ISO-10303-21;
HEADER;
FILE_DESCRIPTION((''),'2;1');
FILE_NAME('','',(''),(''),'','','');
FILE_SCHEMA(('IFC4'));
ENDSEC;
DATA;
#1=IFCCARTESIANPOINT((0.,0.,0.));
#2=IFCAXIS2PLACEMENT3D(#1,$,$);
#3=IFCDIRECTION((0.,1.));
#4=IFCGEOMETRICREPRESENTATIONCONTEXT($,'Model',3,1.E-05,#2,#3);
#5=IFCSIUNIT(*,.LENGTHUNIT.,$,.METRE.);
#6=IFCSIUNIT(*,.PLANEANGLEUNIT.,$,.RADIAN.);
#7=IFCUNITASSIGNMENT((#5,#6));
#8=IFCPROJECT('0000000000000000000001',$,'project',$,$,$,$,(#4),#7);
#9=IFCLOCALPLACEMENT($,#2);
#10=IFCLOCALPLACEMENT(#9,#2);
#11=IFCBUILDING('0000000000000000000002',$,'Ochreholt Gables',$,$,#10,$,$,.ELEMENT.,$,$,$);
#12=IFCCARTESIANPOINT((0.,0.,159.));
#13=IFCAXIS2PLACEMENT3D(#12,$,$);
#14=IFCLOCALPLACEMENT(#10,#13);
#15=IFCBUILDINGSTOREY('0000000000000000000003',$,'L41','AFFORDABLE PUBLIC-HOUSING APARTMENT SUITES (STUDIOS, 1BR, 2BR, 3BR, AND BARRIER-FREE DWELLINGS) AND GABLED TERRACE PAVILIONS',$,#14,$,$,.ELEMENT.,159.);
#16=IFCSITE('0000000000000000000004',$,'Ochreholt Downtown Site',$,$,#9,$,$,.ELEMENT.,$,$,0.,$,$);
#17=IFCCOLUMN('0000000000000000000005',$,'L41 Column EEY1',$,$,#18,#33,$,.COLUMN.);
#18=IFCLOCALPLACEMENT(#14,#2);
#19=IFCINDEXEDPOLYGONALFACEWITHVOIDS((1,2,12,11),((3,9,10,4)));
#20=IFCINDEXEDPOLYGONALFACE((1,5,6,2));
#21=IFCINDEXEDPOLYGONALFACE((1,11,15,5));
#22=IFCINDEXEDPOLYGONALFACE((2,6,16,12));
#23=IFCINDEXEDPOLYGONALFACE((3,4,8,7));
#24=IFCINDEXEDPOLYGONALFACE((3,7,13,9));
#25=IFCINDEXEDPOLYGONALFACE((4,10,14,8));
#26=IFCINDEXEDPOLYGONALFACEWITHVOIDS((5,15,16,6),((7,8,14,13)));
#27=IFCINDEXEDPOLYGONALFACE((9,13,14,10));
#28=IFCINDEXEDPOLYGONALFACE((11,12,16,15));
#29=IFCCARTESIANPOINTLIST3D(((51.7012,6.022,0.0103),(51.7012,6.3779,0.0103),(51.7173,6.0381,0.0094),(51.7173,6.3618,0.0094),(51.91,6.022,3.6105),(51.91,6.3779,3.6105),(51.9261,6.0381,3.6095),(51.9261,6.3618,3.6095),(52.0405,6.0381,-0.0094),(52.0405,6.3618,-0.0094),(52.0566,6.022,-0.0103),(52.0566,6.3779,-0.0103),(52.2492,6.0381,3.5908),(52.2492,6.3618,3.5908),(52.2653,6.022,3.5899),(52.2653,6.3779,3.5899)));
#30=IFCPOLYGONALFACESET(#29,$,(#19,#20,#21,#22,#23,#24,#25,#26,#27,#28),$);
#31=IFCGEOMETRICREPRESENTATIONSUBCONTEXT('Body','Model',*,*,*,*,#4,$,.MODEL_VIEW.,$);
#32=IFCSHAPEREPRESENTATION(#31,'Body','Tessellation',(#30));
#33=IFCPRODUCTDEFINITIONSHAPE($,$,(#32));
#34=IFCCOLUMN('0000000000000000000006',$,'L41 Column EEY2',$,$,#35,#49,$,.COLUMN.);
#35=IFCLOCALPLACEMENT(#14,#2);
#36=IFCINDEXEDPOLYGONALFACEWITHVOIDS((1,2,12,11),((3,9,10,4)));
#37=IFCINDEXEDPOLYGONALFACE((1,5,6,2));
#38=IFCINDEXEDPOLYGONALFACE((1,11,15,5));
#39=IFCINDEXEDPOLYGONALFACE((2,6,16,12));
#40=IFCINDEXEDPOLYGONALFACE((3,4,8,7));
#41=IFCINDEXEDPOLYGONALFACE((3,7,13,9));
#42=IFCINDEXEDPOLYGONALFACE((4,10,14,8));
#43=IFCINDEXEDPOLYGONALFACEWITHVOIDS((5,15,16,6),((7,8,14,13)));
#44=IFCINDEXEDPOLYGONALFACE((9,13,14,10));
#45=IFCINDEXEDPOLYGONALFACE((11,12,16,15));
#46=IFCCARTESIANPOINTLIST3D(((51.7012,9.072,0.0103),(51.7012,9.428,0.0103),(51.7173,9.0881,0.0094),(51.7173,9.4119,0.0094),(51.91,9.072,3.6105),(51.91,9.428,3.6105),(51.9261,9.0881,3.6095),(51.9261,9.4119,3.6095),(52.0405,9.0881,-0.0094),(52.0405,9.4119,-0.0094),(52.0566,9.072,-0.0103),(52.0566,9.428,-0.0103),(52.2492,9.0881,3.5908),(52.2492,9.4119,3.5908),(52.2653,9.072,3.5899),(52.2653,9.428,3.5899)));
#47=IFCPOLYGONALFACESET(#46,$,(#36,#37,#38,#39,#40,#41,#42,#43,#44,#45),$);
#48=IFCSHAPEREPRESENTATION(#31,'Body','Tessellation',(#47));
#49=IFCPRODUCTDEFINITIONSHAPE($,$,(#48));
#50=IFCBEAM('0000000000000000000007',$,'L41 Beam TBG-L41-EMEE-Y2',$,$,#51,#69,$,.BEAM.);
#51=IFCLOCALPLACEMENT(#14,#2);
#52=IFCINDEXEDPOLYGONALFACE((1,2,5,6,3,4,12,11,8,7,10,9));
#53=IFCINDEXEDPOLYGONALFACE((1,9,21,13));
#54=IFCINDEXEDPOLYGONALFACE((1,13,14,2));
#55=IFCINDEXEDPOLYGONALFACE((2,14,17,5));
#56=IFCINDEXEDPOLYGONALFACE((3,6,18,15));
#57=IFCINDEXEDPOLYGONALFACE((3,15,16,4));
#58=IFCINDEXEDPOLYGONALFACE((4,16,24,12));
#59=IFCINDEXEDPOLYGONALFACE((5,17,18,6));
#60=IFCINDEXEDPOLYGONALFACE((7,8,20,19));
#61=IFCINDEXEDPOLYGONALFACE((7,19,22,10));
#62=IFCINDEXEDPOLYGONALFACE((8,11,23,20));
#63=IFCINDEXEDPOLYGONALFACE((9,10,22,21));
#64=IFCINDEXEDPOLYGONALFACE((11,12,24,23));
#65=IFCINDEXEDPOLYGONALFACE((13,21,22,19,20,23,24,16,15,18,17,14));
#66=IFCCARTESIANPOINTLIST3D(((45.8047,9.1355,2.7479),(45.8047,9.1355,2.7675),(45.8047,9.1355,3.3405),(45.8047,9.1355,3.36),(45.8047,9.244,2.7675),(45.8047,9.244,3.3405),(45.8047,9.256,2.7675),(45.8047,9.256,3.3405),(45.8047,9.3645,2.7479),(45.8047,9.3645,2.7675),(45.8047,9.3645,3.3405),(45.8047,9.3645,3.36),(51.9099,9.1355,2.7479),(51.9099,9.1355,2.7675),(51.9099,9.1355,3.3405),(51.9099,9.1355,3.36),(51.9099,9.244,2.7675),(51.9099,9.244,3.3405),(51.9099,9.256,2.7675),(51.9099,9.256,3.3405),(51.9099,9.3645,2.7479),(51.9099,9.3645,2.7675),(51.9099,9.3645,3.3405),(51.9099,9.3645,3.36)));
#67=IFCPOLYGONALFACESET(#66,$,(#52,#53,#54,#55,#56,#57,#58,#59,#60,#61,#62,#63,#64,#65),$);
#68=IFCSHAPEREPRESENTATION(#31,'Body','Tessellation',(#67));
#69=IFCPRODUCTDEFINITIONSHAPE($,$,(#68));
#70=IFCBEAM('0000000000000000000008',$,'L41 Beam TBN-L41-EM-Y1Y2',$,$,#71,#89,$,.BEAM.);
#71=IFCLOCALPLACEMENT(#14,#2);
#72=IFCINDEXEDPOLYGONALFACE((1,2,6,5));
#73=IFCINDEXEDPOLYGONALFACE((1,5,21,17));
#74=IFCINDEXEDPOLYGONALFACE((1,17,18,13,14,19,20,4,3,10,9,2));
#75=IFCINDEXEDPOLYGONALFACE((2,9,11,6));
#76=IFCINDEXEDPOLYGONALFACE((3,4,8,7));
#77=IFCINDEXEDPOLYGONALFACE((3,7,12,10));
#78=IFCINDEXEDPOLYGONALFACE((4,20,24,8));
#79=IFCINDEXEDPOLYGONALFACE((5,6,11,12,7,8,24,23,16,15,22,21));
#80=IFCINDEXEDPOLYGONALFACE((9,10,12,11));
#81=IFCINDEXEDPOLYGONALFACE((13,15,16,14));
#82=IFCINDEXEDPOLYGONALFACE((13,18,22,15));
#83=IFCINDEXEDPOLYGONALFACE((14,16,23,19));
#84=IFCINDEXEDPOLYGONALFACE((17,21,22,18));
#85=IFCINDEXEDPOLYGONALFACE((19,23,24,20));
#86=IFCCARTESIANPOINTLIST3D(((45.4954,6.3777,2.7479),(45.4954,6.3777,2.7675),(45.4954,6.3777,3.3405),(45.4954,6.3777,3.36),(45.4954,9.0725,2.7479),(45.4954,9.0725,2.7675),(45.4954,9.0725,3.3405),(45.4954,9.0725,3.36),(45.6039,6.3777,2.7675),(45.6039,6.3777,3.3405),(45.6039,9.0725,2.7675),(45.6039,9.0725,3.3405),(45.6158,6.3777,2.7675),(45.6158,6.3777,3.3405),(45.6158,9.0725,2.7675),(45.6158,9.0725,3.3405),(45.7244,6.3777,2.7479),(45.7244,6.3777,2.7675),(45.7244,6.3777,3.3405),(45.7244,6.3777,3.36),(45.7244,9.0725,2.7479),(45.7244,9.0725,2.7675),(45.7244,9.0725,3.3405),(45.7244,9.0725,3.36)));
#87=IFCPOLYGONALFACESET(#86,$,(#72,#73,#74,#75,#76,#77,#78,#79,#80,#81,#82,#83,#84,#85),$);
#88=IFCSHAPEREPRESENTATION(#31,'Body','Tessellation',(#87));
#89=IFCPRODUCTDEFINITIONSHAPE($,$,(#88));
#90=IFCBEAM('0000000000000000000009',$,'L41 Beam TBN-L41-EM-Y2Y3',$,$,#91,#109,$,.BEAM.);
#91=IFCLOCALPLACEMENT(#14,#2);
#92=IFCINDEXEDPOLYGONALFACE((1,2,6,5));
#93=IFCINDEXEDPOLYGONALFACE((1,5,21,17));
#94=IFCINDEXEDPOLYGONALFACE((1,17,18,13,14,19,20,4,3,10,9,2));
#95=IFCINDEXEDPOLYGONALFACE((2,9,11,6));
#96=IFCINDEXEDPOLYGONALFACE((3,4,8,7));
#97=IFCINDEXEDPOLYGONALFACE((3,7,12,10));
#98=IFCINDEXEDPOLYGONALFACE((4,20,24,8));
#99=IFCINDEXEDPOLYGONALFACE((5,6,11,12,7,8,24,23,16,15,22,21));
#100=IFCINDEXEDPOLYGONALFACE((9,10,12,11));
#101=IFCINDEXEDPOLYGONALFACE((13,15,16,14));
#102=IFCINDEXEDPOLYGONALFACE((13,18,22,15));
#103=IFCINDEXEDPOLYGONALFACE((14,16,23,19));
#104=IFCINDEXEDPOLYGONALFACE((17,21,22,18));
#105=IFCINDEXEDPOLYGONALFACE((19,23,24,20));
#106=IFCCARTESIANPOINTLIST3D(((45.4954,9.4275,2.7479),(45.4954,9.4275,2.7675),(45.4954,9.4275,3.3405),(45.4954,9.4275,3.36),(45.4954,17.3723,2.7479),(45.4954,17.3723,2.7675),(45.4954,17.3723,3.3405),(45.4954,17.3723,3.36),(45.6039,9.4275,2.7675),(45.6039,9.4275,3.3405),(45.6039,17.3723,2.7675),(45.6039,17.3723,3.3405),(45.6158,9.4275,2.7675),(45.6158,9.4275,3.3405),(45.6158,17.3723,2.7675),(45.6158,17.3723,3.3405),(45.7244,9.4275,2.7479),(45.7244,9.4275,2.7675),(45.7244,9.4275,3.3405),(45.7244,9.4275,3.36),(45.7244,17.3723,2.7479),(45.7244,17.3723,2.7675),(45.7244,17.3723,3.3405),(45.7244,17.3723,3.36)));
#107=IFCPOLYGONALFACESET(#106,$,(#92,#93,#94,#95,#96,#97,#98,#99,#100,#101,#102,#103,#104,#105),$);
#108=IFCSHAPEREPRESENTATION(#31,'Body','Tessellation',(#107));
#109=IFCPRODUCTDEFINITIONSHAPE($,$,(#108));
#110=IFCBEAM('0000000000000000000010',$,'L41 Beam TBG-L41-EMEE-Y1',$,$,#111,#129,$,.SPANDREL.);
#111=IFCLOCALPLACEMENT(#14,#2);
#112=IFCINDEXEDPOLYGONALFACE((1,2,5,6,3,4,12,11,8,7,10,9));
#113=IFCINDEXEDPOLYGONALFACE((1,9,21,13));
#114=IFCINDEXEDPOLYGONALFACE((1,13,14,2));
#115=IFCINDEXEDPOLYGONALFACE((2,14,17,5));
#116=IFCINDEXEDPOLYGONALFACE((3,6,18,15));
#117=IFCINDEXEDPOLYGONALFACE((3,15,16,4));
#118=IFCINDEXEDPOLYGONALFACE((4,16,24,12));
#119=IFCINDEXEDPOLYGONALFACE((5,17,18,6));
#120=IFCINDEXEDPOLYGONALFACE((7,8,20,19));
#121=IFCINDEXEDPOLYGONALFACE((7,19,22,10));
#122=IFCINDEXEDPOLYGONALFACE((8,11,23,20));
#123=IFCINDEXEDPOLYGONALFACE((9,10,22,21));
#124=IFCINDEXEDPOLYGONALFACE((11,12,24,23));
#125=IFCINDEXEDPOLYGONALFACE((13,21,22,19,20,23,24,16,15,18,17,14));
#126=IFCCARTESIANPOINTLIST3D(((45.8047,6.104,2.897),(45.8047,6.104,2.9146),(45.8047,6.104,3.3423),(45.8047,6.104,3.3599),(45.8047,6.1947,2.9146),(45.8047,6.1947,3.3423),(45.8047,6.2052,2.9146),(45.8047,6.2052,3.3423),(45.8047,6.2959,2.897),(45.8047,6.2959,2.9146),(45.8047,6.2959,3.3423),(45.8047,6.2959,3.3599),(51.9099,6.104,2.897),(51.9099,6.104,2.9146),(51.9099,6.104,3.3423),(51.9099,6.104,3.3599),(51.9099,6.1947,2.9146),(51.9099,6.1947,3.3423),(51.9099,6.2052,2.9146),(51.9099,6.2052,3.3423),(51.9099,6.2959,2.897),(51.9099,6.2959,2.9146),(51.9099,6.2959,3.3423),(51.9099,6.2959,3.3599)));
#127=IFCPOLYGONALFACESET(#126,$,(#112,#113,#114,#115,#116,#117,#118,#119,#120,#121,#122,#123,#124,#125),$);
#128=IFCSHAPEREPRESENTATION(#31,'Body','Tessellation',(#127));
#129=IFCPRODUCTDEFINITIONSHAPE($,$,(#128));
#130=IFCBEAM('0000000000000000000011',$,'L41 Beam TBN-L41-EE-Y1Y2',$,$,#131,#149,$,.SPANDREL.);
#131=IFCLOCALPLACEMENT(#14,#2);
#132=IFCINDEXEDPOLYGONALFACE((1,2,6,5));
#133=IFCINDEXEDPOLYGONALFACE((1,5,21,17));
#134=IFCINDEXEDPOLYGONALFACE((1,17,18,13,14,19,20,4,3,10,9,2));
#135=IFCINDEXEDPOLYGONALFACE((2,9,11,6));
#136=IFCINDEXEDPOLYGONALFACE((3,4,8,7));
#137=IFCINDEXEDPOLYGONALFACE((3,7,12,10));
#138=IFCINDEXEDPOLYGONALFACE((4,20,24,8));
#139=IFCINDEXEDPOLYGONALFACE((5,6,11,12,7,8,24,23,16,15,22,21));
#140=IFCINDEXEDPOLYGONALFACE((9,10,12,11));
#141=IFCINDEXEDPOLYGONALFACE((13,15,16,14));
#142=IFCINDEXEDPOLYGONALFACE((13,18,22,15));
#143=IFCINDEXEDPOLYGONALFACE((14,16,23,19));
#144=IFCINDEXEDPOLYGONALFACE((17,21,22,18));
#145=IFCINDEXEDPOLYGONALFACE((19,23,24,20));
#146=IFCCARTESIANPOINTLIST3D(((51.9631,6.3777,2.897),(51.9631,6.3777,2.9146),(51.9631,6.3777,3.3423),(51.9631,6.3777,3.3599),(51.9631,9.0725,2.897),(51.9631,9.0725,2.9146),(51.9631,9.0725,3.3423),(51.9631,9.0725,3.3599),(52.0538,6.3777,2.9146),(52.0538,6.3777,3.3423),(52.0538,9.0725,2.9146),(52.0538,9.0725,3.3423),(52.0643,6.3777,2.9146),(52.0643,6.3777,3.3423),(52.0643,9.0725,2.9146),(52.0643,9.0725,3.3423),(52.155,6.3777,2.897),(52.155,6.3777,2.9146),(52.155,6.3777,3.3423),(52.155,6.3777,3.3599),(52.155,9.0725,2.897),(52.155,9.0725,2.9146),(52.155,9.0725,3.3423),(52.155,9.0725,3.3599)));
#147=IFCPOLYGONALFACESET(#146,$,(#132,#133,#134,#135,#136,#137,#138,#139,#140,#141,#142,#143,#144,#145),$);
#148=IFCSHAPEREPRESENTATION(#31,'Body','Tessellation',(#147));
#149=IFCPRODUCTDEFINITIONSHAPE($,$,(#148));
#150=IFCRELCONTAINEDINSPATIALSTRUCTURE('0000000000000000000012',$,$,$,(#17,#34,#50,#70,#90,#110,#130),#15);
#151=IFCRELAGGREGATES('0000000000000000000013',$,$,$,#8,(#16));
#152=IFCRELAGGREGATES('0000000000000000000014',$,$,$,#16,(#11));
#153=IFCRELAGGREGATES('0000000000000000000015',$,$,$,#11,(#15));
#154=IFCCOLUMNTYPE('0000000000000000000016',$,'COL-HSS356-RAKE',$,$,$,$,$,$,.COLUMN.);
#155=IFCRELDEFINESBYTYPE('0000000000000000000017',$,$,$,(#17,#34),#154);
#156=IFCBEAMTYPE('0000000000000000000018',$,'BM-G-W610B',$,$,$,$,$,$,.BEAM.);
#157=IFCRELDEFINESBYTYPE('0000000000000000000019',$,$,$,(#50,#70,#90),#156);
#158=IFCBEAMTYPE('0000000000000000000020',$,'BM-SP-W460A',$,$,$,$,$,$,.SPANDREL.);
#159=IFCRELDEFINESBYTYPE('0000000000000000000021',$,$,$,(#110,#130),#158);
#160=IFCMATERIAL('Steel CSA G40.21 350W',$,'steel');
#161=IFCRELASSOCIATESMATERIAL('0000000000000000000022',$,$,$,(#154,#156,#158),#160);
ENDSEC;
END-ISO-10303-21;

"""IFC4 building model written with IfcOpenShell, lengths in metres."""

from ifc_helpers import new_model, si_unit, direction, frame, origin, origin_2d, place, context, subcontext, project, spatial, hollow_rectangle, i_section, extrude, material, material_profile, profile_set, type_object, element, save


model = new_model("IFC4")

# Units and contexts
model_context = context("Model", 3, precision=1e-05, world=origin(), true_north=direction((0.0, 1.0)))
body_context = subcontext(model_context, "Body", "Model", "MODEL_VIEW")
ifc_project = project(units=[si_unit("LENGTHUNIT", "METRE"), si_unit("PLANEANGLEUNIT", "RADIAN")], contexts=[model_context])

# Site, building, storey
site_placement = place(None, origin())
site = spatial("IfcSite", under=ifc_project, at=site_placement, Name="Ochreholt Downtown Site", CompositionType="ELEMENT", RefElevation=0.0)
building_placement = place(site_placement, origin())
building = spatial("IfcBuilding", under=site, at=building_placement, Name="Ochreholt Gables", CompositionType="ELEMENT")
storey_placement = place(building_placement, frame((0.0, 0.0, 159.0)))
storey = spatial("IfcBuildingStorey", under=building, at=storey_placement, Name="L41", Description="AFFORDABLE PUBLIC-HOUSING APARTMENT SUITES (STUDIOS, 1BR, 2BR, 3BR, AND BARRIER-FREE DWELLINGS) AND GABLED TERRACE PAVILIONS", CompositionType="ELEMENT", Elevation=159.0)

# Columns
ifc_material_1 = material(Name="Steel CSA G40.21 350W", Category="steel")
ifc_material_profile_1 = material_profile(ifc_material_1, hollow_rectangle(XDim=0.356, YDim=0.356, WallThickness=0.0161, at=origin_2d()), Name="HSS356X356X16")
ifc_profile_set_1 = profile_set([ifc_material_profile_1], Name="Steel CSA G40.21 350W")
column_type = type_object("IfcColumnType", Name="COL-HSS356-RAKE", PredefinedType="COLUMN", material=ifc_profile_set_1)
for number, where, z_axis, x_axis, name in (
    (1, (51.8789, 6.2, 0.0), (0.057885, 0.0, 0.998323), (0.0, 1.0, 0.0), "L41 Column EEY1"),
    (2, (51.8789, 9.25, 0.0), (0.057885, 0.0, 0.998323), (0.0, 1.0, 0.0), "L41 Column EEY2"),
):
    element("IfcColumn", number, at=place(storey_placement, frame(where, z_axis=z_axis, x_axis=x_axis)), inside=storey, type_object=column_type, Name=name, PredefinedType="COLUMN", context=body_context, shape_type="SweptSolid", body=[
        extrude(hollow_rectangle(XDim=0.356, YDim=0.356, WallThickness=0.0161, at=origin_2d()), origin(), (0.0, 0.0, 1.0), 3.6062),
    ])

# Beams
ifc_material_profile_2 = material_profile(ifc_material_1, i_section(OverallWidth=0.229, OverallDepth=0.6121, WebThickness=0.012, FlangeThickness=0.0195, at=origin_2d()), Name="W610X125")
ifc_profile_set_2 = profile_set([ifc_material_profile_2], Name="Steel CSA G40.21 350W")
beam_type_1 = type_object("IfcBeamType", Name="BM-G-W610B", PredefinedType="BEAM", material=ifc_profile_set_2)
beam_1_placement = place(storey_placement, frame((45.8047, 9.25, 3.054), z_axis=(1.0, 0.0, 0.0), x_axis=(0.0, 1.0, 0.0)))
element("IfcBeam", 3, at=beam_1_placement, inside=storey, type_object=beam_type_1, Name="L41 Beam TBG-L41-EMEE-Y2", PredefinedType="BEAM", context=body_context, shape_type="SweptSolid", body=[
    extrude(i_section(OverallWidth=0.229, OverallDepth=0.6121, WebThickness=0.012, FlangeThickness=0.0195, at=origin_2d()), origin(), (0.0, 0.0, 1.0), 6.1052),
])
beam_2_placement = place(storey_placement, frame((45.6099, 6.3777, 3.054), z_axis=(0.0, 1.0, 0.0), x_axis=(-1.0, 0.0, 0.0)))
element("IfcBeam", 4, at=beam_2_placement, inside=storey, type_object=beam_type_1, Name="L41 Beam TBN-L41-EM-Y1Y2", PredefinedType="BEAM", context=body_context, shape_type="SweptSolid", body=[
    extrude(i_section(OverallWidth=0.229, OverallDepth=0.6121, WebThickness=0.012, FlangeThickness=0.0195, at=origin_2d()), origin(), (0.0, 0.0, 1.0), 2.6948),
])
beam_3_placement = place(storey_placement, frame((45.6099, 9.4275, 3.054), z_axis=(0.0, 1.0, 0.0), x_axis=(-1.0, 0.0, 0.0)))
element("IfcBeam", 5, at=beam_3_placement, inside=storey, type_object=beam_type_1, Name="L41 Beam TBN-L41-EM-Y2Y3", PredefinedType="BEAM", context=body_context, shape_type="SweptSolid", body=[
    extrude(i_section(OverallWidth=0.229, OverallDepth=0.6121, WebThickness=0.012, FlangeThickness=0.0195, at=origin_2d()), origin(), (0.0, 0.0, 1.0), 7.9448),
])
ifc_material_profile_3 = material_profile(ifc_material_1, i_section(OverallWidth=0.1919, OverallDepth=0.4629, WebThickness=0.0105, FlangeThickness=0.0176, at=origin_2d()), Name="W460X89")
ifc_profile_set_3 = profile_set([ifc_material_profile_3], Name="Steel CSA G40.21 350W")
beam_type_2 = type_object("IfcBeamType", Name="BM-SP-W460A", PredefinedType="SPANDREL", material=ifc_profile_set_3)
beam_4_placement = place(storey_placement, frame((45.8047, 6.2, 3.1284), z_axis=(1.0, 0.0, 0.0), x_axis=(0.0, 1.0, 0.0)))
element("IfcBeam", 6, at=beam_4_placement, inside=storey, type_object=beam_type_2, Name="L41 Beam TBG-L41-EMEE-Y1", PredefinedType="SPANDREL", context=body_context, shape_type="SweptSolid", body=[
    extrude(i_section(OverallWidth=0.1919, OverallDepth=0.4629, WebThickness=0.0105, FlangeThickness=0.0176, at=origin_2d()), origin(), (0.0, 0.0, 1.0), 6.1052),
])
beam_5_placement = place(storey_placement, frame((52.0591, 6.3777, 3.1284), z_axis=(0.0, 1.0, 0.0), x_axis=(-1.0, 0.0, 0.0)))
element("IfcBeam", 7, at=beam_5_placement, inside=storey, type_object=beam_type_2, Name="L41 Beam TBN-L41-EE-Y1Y2", PredefinedType="SPANDREL", context=body_context, shape_type="SweptSolid", body=[
    extrude(i_section(OverallWidth=0.1919, OverallDepth=0.4629, WebThickness=0.0105, FlangeThickness=0.0176, at=origin_2d()), origin(), (0.0, 0.0, 1.0), 2.6948),
])

save(model, "model.ifc")
